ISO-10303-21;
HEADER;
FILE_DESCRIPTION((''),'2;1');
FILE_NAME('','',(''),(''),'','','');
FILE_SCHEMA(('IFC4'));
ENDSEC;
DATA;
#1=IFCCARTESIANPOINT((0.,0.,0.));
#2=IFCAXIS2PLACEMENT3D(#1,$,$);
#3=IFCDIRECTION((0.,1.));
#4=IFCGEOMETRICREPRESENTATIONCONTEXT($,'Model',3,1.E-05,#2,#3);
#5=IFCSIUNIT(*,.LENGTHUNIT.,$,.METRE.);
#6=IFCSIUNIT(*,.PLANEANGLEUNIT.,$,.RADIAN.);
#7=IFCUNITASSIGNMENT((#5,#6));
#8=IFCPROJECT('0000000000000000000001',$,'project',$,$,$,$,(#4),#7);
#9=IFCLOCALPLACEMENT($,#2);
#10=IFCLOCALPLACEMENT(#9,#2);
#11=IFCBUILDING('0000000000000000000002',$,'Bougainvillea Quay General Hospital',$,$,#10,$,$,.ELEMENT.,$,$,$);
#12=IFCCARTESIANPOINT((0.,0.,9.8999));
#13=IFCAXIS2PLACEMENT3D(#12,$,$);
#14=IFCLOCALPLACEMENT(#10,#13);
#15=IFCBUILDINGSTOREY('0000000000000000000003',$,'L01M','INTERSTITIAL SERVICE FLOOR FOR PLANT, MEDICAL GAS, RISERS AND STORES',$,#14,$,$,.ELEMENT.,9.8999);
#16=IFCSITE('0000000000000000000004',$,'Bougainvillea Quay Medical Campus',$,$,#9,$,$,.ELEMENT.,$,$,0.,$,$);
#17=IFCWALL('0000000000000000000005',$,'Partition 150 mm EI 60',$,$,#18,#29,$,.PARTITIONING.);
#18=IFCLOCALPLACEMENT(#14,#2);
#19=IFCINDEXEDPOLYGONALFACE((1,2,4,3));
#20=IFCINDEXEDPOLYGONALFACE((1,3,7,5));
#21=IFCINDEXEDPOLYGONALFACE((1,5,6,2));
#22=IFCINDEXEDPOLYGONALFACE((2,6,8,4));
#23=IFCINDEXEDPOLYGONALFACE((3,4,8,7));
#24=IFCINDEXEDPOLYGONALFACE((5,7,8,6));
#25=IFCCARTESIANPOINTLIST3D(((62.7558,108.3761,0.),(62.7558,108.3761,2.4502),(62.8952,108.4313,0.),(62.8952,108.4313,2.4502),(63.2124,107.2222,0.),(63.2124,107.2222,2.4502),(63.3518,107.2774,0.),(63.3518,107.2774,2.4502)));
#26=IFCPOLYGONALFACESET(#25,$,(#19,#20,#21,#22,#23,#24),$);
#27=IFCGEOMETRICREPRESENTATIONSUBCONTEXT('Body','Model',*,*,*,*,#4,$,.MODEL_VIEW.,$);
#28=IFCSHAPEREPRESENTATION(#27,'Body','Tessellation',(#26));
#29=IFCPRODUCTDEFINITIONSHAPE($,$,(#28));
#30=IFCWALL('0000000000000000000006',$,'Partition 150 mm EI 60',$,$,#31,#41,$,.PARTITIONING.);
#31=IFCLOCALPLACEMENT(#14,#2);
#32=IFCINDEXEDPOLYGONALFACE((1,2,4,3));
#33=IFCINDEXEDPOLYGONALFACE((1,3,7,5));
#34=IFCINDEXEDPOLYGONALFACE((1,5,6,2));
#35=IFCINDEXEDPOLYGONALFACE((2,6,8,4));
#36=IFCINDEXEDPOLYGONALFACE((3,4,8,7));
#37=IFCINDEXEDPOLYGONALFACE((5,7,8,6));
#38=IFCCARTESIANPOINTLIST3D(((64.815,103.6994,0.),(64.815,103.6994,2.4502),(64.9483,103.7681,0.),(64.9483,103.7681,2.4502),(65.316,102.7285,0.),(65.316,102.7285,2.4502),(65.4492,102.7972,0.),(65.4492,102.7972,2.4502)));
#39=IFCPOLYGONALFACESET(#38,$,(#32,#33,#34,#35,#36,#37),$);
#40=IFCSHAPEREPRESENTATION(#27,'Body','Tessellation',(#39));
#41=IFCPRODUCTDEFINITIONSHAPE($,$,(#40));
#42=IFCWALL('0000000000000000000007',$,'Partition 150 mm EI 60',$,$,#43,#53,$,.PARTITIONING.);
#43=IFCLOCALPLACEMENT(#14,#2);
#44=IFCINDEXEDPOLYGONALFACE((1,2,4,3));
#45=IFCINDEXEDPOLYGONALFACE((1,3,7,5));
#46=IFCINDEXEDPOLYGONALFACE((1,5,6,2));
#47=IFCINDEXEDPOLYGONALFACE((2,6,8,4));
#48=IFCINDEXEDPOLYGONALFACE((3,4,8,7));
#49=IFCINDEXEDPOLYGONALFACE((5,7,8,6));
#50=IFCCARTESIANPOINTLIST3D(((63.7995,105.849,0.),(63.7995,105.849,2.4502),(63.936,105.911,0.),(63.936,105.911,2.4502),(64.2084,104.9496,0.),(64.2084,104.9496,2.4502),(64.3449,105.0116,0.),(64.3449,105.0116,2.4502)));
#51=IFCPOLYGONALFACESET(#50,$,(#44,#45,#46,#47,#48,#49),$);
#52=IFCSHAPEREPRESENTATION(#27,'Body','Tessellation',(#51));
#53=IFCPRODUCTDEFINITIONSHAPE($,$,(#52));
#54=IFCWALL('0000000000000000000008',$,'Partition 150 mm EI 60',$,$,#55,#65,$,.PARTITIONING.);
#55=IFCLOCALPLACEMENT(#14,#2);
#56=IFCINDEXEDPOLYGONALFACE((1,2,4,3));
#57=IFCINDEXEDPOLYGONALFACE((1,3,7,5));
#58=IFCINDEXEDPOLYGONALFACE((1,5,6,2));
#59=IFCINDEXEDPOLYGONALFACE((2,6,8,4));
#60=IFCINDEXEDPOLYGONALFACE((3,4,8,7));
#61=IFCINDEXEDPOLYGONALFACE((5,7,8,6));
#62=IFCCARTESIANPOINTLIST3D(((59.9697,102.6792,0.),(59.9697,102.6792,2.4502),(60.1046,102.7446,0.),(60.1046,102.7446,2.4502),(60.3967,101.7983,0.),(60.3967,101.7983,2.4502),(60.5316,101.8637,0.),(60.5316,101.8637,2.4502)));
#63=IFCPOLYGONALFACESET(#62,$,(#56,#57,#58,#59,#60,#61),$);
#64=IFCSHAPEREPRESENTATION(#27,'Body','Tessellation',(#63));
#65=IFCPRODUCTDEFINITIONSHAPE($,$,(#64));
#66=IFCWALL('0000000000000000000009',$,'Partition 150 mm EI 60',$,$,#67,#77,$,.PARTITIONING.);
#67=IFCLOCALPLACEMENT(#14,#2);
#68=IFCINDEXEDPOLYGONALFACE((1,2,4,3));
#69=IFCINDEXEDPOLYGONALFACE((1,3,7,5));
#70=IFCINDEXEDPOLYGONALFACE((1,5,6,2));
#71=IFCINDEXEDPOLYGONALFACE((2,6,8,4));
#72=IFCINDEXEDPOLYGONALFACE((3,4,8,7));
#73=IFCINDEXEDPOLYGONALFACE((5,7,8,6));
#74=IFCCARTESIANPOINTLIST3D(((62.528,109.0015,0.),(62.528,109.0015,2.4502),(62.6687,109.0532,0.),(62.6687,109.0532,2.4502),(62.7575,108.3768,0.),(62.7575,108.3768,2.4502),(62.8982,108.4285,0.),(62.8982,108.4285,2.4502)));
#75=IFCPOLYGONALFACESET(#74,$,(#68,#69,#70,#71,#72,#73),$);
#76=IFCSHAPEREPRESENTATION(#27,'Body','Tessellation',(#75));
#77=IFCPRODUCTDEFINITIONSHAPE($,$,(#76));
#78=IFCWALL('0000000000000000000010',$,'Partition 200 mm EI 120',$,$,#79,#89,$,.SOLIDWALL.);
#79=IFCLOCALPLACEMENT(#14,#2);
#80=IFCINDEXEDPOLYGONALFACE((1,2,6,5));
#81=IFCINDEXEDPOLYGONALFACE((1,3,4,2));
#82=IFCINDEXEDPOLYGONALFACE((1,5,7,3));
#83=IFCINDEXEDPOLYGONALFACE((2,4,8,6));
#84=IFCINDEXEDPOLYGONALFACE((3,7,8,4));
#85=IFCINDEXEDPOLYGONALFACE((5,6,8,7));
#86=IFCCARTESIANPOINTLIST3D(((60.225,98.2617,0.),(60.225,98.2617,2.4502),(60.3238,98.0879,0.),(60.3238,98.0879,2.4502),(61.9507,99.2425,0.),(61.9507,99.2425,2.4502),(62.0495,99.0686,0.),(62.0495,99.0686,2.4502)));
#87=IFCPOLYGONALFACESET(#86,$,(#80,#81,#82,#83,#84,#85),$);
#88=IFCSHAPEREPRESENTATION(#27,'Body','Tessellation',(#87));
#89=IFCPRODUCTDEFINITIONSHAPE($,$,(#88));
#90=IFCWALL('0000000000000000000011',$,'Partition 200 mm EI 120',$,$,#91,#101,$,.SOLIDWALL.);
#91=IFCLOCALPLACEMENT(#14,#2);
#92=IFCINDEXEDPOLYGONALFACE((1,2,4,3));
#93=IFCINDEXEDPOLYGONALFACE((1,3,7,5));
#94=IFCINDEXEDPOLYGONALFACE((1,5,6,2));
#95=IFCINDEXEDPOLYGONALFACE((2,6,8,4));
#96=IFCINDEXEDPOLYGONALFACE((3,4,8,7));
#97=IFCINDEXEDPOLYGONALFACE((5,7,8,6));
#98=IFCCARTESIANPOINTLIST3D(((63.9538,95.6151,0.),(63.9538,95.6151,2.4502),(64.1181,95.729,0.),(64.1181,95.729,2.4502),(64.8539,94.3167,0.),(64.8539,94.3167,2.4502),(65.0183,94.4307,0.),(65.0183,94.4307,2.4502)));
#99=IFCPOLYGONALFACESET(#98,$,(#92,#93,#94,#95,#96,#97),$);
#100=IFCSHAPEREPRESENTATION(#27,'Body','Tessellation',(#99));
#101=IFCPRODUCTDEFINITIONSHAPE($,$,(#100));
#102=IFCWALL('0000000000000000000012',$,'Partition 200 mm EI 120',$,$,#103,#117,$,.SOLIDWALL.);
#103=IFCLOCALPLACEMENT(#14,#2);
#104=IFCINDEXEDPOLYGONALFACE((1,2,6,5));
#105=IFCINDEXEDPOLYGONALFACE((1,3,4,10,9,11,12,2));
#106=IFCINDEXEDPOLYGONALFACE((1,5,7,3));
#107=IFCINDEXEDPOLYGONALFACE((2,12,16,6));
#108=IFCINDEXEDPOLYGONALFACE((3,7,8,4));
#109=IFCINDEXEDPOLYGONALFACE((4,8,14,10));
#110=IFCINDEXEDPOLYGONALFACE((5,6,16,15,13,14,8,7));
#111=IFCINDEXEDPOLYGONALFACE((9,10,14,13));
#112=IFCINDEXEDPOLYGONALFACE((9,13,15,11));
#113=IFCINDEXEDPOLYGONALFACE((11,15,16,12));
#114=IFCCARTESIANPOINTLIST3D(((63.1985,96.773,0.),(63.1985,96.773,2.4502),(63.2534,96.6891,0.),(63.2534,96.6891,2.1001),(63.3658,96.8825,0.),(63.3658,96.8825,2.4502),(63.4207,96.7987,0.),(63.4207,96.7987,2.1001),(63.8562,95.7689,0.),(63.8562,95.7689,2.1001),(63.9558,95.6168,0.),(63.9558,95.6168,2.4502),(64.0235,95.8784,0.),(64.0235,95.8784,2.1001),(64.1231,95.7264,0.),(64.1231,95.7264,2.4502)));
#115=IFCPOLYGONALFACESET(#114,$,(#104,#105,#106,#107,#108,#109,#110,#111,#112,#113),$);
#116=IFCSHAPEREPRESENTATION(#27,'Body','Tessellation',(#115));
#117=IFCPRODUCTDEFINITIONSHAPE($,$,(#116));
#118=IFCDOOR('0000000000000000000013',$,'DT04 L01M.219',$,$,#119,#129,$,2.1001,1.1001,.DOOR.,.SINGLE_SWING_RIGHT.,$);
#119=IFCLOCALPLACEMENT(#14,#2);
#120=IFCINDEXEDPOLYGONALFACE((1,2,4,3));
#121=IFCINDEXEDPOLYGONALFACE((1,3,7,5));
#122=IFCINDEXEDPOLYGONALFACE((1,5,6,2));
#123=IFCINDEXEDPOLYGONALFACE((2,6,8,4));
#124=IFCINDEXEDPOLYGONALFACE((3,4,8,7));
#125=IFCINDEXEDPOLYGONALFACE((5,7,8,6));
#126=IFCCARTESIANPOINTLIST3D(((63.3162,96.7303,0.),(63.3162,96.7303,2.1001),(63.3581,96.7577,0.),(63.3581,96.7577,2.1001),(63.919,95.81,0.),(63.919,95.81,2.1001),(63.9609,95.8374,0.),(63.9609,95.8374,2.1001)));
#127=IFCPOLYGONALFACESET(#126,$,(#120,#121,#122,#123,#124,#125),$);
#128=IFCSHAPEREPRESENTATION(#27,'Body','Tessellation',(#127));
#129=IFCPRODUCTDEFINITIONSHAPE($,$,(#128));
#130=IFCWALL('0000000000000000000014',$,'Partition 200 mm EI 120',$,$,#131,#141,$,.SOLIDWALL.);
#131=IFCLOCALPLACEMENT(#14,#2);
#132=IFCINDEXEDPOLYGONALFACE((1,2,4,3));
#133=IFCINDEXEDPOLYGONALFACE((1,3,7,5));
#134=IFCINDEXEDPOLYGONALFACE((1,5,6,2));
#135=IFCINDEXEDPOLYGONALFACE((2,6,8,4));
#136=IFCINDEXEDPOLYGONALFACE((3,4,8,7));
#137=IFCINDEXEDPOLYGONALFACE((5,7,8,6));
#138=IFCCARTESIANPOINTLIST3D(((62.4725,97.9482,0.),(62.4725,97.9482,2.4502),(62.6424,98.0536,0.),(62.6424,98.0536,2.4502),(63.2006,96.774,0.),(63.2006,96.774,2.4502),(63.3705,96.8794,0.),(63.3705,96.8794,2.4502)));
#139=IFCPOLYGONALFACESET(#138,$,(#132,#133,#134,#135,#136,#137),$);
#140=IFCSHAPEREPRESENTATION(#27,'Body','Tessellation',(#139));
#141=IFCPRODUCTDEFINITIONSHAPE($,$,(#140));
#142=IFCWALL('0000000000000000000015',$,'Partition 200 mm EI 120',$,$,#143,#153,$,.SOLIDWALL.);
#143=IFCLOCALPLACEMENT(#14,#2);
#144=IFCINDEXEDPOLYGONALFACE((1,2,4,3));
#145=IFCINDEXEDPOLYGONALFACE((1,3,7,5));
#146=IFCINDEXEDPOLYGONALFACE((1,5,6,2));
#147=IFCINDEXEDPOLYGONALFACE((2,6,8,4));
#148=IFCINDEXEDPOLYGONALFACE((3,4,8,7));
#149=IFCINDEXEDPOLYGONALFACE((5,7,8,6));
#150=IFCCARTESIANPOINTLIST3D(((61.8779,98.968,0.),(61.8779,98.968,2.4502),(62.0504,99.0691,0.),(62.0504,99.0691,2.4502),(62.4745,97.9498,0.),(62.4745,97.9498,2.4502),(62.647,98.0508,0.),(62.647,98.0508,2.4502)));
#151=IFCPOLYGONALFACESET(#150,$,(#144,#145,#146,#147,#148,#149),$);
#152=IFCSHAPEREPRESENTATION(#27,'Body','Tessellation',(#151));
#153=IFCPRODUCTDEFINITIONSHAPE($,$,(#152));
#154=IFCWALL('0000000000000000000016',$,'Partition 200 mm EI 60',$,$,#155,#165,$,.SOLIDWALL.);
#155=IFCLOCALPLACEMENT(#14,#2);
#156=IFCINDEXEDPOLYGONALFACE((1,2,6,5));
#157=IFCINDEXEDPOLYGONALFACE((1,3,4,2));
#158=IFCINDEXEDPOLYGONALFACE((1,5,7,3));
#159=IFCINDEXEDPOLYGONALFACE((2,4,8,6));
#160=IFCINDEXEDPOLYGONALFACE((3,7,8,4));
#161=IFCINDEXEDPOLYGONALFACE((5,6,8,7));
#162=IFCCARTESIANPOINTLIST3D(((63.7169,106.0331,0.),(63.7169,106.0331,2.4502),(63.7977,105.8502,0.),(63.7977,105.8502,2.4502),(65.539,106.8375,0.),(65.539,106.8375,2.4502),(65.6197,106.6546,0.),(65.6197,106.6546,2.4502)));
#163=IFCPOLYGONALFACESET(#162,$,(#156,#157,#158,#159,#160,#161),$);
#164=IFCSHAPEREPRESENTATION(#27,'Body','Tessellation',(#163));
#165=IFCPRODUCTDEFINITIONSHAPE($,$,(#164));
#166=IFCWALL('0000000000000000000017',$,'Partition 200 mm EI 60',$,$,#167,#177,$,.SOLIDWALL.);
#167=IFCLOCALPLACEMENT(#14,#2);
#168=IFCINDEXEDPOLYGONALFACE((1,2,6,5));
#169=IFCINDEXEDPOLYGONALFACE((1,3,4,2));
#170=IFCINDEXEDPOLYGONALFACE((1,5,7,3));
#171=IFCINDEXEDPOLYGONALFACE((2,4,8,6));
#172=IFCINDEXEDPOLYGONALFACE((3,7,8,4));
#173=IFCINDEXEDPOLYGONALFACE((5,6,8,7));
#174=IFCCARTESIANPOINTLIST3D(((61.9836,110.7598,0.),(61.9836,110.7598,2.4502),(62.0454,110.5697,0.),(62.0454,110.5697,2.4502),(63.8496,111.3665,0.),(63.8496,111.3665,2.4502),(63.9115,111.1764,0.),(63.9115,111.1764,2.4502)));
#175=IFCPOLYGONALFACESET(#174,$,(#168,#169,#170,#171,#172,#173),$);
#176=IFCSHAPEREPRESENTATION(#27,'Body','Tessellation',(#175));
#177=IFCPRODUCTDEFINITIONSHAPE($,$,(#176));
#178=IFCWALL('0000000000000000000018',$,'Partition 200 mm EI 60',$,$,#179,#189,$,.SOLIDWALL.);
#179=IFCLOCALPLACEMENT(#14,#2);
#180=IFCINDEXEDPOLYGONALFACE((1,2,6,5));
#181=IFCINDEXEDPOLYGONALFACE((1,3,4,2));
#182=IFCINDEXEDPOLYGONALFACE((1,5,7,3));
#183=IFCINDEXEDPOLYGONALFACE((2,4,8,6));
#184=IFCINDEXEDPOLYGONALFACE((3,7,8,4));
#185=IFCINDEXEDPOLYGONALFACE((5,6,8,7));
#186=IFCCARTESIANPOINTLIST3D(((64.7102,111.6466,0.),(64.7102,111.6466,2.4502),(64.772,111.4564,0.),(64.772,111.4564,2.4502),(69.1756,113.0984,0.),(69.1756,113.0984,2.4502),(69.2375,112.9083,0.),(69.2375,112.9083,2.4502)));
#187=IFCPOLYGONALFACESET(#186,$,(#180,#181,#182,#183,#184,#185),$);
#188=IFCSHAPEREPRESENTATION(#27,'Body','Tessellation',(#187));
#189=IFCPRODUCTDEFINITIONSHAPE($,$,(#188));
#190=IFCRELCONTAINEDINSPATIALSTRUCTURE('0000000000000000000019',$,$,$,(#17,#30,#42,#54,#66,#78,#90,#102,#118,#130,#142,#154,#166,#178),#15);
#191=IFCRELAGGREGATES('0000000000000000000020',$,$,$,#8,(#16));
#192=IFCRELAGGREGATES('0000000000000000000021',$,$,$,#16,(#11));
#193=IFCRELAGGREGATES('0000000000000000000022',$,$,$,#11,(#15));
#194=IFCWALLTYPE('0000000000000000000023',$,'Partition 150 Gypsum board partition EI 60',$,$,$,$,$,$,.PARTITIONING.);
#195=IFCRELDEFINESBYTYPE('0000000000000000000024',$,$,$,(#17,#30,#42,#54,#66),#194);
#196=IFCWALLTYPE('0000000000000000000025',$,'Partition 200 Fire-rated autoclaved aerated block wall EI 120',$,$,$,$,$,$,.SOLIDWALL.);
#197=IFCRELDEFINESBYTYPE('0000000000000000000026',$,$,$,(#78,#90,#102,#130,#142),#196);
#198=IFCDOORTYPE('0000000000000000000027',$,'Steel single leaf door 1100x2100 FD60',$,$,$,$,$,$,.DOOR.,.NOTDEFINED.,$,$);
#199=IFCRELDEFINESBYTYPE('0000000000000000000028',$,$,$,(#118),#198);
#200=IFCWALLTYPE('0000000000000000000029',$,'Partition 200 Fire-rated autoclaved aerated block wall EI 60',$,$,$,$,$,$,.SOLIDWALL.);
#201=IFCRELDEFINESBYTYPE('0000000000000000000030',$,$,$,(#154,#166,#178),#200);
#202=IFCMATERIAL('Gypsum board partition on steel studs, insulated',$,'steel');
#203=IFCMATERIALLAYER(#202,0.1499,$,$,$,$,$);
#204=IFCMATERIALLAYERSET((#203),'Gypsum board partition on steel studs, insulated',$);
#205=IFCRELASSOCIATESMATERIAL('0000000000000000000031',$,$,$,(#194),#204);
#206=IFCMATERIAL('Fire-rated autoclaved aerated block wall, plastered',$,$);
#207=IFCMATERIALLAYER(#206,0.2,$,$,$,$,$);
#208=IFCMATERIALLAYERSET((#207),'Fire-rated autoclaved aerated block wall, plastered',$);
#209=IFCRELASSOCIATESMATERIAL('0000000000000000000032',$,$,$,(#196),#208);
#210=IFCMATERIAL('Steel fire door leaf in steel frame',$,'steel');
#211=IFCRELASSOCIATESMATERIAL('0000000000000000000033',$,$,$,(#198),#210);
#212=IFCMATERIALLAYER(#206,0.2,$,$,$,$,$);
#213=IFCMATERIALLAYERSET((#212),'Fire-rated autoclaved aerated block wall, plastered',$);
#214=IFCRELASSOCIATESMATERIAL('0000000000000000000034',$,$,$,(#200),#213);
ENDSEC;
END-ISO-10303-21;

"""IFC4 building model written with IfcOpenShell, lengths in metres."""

from ifc_helpers import new_model, si_unit, direction, frame, frame_2d, origin, place, context, subcontext, project, spatial, rectangle, extrude, material, layer, layer_set, type_object, element, fill, save


model = new_model("IFC4")

# Units and contexts
model_context = context("Model", 3, precision=1e-05, world=origin(), true_north=direction((0.0, 1.0)))
body_context = subcontext(model_context, "Body", "Model", "MODEL_VIEW")
ifc_project = project(units=[si_unit("LENGTHUNIT", "METRE"), si_unit("PLANEANGLEUNIT", "RADIAN")], contexts=[model_context])

# Site, building, storey
site_placement = place(None, origin())
site = spatial("IfcSite", under=ifc_project, at=site_placement, Name="Bougainvillea Quay Medical Campus", CompositionType="ELEMENT", RefElevation=0.0)
building_placement = place(site_placement, origin())
building = spatial("IfcBuilding", under=site, at=building_placement, Name="Bougainvillea Quay General Hospital", CompositionType="ELEMENT")
storey_placement = place(building_placement, frame((0.0, 0.0, 9.8999)))
storey = spatial("IfcBuildingStorey", under=building, at=storey_placement, Name="L01M", Description="INTERSTITIAL SERVICE FLOOR FOR PLANT, MEDICAL GAS, RISERS AND STORES", CompositionType="ELEMENT", Elevation=9.8999)

# Shared definitions
ifc_material_1 = material(Name="Gypsum board partition on steel studs, insulated", Category="steel")
ifc_layer_1 = layer(ifc_material_1, 0.1499)
ifc_layer_set_1 = layer_set([ifc_layer_1], Name="Gypsum board partition on steel studs, insulated")
wall_type_1 = type_object("IfcWallType", Name="Partition 150 Gypsum board partition EI 60", PredefinedType="PARTITIONING", material=ifc_layer_set_1)

# Walls
wall_1_placement = place(storey_placement, frame((62.8254, 108.4038, 0.0), z_axis=(0.0, 0.0, 1.0), x_axis=(0.367928, -0.929854, 0.0)))
element("IfcWall", 1, at=wall_1_placement, inside=storey, type_object=wall_type_1, Name="Partition 150 mm EI 60", PredefinedType="PARTITIONING", context=body_context, shape_type="SweptSolid", body=[
    extrude(rectangle(XDim=1.241, YDim=0.1499, at=frame_2d((0.6206, 0.0))), origin(), (0.0, 0.0, 1.0), 2.4502),
])
wall_2_placement = place(storey_placement, frame((64.8816, 103.7339, 0.0), z_axis=(0.0, 0.0, 1.0), x_axis=(0.458529, -0.888679, 0.0)))
element("IfcWall", 2, at=wall_2_placement, inside=storey, type_object=wall_type_1, Name="Partition 150 mm EI 60", PredefinedType="PARTITIONING", context=body_context, shape_type="SweptSolid", body=[
    extrude(rectangle(XDim=1.0925, YDim=0.1499, at=frame_2d((0.5464, 0.0))), origin(), (0.0, 0.0, 1.0), 2.4502),
])
wall_3_placement = place(storey_placement, frame((63.8677, 105.8801, 0.0), z_axis=(0.0, 0.0, 1.0), x_axis=(0.413896, -0.910324, 0.0)))
element("IfcWall", 3, at=wall_3_placement, inside=storey, type_object=wall_type_1, Name="Partition 150 mm EI 60", PredefinedType="PARTITIONING", context=body_context, shape_type="SweptSolid", body=[
    extrude(rectangle(XDim=0.988, YDim=0.1499, at=frame_2d((0.4941, 0.0))), origin(), (0.0, 0.0, 1.0), 2.4502),
])
wall_4_placement = place(storey_placement, frame((60.0371, 102.7119, 0.0), z_axis=(0.0, 0.0, 1.0), x_axis=(0.436206, -0.899847, 0.0)))
element("IfcWall", 4, at=wall_4_placement, inside=storey, type_object=wall_type_1, Name="Partition 150 mm EI 60", PredefinedType="PARTITIONING", context=body_context, shape_type="SweptSolid", body=[
    extrude(rectangle(XDim=0.979, YDim=0.1499, at=frame_2d((0.4895, 0.0))), origin(), (0.0, 0.0, 1.0), 2.4502),
])
wall_5_placement = place(storey_placement, frame((62.5984, 109.0273, 0.0), z_axis=(0.0, 0.0, 1.0), x_axis=(0.344804, -0.938675, 0.0)))
element("IfcWall", 5, at=wall_5_placement, inside=storey, type_object=wall_type_1, Name="Partition 150 mm EI 60", PredefinedType="PARTITIONING", context=body_context, shape_type="SweptSolid", body=[
    extrude(rectangle(XDim=0.6655, YDim=0.1499, at=frame_2d((0.3328, 0.0))), origin(), (0.0, 0.0, 1.0), 2.4502),
])
ifc_material_2 = material(Name="Fire-rated autoclaved aerated block wall, plastered")
ifc_layer_2 = layer(ifc_material_2, 0.2)
ifc_layer_set_2 = layer_set([ifc_layer_2], Name="Fire-rated autoclaved aerated block wall, plastered")
wall_type_2 = type_object("IfcWallType", Name="Partition 200 Fire-rated autoclaved aerated block wall EI 120", PredefinedType="SOLIDWALL", material=ifc_layer_set_2)
wall_6_placement = place(storey_placement, frame((60.2744, 98.1748, 0.0), z_axis=(0.0, 0.0, 1.0), x_axis=(0.869399, 0.494111, 0.0)))
element("IfcWall", 6, at=wall_6_placement, inside=storey, type_object=wall_type_2, Name="Partition 200 mm EI 120", PredefinedType="SOLIDWALL", context=body_context, shape_type="SweptSolid", body=[
    extrude(rectangle(XDim=1.9849, YDim=0.2, at=frame_2d((0.9924, 0.0))), origin(), (0.0, 0.0, 1.0), 2.4502),
])
wall_7_placement = place(storey_placement, frame((64.0359, 95.6721, 0.0), z_axis=(0.0, 0.0, 1.0), x_axis=(0.569764, -0.821808, 0.0)))
element("IfcWall", 7, at=wall_7_placement, inside=storey, type_object=wall_type_2, Name="Partition 200 mm EI 120", PredefinedType="SOLIDWALL", context=body_context, shape_type="SweptSolid", body=[
    extrude(rectangle(XDim=1.5798, YDim=0.2, at=frame_2d((0.79, 0.0))), origin(), (0.0, 0.0, 1.0), 2.4502),
])

# Wall, opening, door
wall_8_placement = place(storey_placement, frame((63.2822, 96.8276, 0.0), z_axis=(0.0, 0.0, 1.0), x_axis=(0.547915, -0.836534, 0.0)))
wall_8 = element("IfcWall", 8, at=wall_8_placement, inside=storey, type_object=wall_type_2, Name="Partition 200 mm EI 120", PredefinedType="SOLIDWALL", context=body_context, shape_type="SweptSolid", body=[
    extrude(rectangle(XDim=1.3821, YDim=0.2, at=frame_2d((0.6909, 0.0))), origin(), (0.0, 0.0, 1.0), 2.4502),
])
opening_1_placement = place(wall_8_placement, frame((0.1001, 0.0, 0.0)))
opening_1 = element("IfcOpeningElement", 9, at=opening_1_placement, cuts=wall_8, PredefinedType="OPENING", context=body_context, shape_type="SweptSolid", body=[
    extrude(rectangle(XDim=1.1001, YDim=2.1001, at=frame_2d((0.55, 1.05))), frame((0.0, 0.1099, 0.0), z_axis=(0.0, -1.0, 0.0), x_axis=(1.0, 0.0, 0.0)), (0.0, 0.0, 1.0), 0.22),
])
ifc_material_3 = material(Name="Steel fire door leaf in steel frame", Category="steel")
door_type_1 = type_object("IfcDoorType", Name="Steel single leaf door 1100x2100 FD60", OperationType="NOTDEFINED", PredefinedType="DOOR", material=ifc_material_3)
door_1_placement = place(opening_1_placement, frame((1.1001, 0.0, 0.0), z_axis=(0.0, 0.0, 1.0), x_axis=(-1.0, 0.0, 0.0)))
door_1 = element("IfcDoor", 10, at=door_1_placement, inside=storey, type_object=door_type_1, Name="DT04 L01M.219", OperationType="SINGLE_SWING_RIGHT", OverallHeight=2.1001, OverallWidth=1.1001, PredefinedType="DOOR", context=body_context, shape_type="SweptSolid", body=[
    extrude(rectangle(XDim=1.1001, YDim=2.1001, at=frame_2d((0.55, 1.05))), frame((0.0, 0.0249, 0.0), z_axis=(0.0, -1.0, 0.0), x_axis=(1.0, 0.0, 0.0)), (0.0, 0.0, 1.0), 0.05),
])
fill(opening_1, door_1)

# Walls
wall_9_placement = place(storey_placement, frame((62.5574, 98.001, 0.0), z_axis=(0.0, 0.0, 1.0), x_axis=(0.526993, -0.849869, 0.0)))
element("IfcWall", 11, at=wall_9_placement, inside=storey, type_object=wall_type_2, Name="Partition 200 mm EI 120", PredefinedType="SOLIDWALL", context=body_context, shape_type="SweptSolid", body=[
    extrude(rectangle(XDim=1.3816, YDim=0.2, at=frame_2d((0.6909, 0.0))), origin(), (0.0, 0.0, 1.0), 2.4502),
])
wall_10_placement = place(storey_placement, frame((61.9641, 99.0186, 0.0), z_axis=(0.0, 0.0, 1.0), x_axis=(0.505555, -0.862794, 0.0)))
element("IfcWall", 12, at=wall_10_placement, inside=storey, type_object=wall_type_2, Name="Partition 200 mm EI 120", PredefinedType="SOLIDWALL", context=body_context, shape_type="SweptSolid", body=[
    extrude(rectangle(XDim=1.1802, YDim=0.2, at=frame_2d((0.5901, 0.0))), origin(), (0.0, 0.0, 1.0), 2.4502),
])
ifc_layer_3 = layer(ifc_material_2, 0.2)
ifc_layer_set_3 = layer_set([ifc_layer_3], Name="Fire-rated autoclaved aerated block wall, plastered")
wall_type_3 = type_object("IfcWallType", Name="Partition 200 Fire-rated autoclaved aerated block wall EI 60", PredefinedType="SOLIDWALL", material=ifc_layer_set_3)
wall_11_placement = place(storey_placement, frame((63.7573, 105.9417, 0.0), z_axis=(0.0, 0.0, 1.0), x_axis=(0.914805, 0.403897, 0.0)))
element("IfcWall", 13, at=wall_11_placement, inside=storey, type_object=wall_type_3, Name="Partition 200 mm EI 60", PredefinedType="SOLIDWALL", context=body_context, shape_type="SweptSolid", body=[
    extrude(rectangle(XDim=1.9917, YDim=0.2, at=frame_2d((0.9958, 0.0))), origin(), (0.0, 0.0, 1.0), 2.4502),
])
wall_12_placement = place(storey_placement, frame((62.0146, 110.6648, 0.0), z_axis=(0.0, 0.0, 1.0), x_axis=(0.950997, 0.309201, 0.0)))
element("IfcWall", 14, at=wall_12_placement, inside=storey, type_object=wall_type_3, Name="Partition 200 mm EI 60", PredefinedType="SOLIDWALL", context=body_context, shape_type="SweptSolid", body=[
    extrude(rectangle(XDim=1.9622, YDim=0.2, at=frame_2d((0.981, 0.0))), origin(), (0.0, 0.0, 1.0), 2.4502),
])
wall_13_placement = place(storey_placement, frame((64.7412, 111.5515, 0.0), z_axis=(0.0, 0.0, 1.0), x_axis=(0.950997, 0.3092, 0.0)))
element("IfcWall", 15, at=wall_13_placement, inside=storey, type_object=wall_type_3, Name="Partition 200 mm EI 60", PredefinedType="SOLIDWALL", context=body_context, shape_type="SweptSolid", body=[
    extrude(rectangle(XDim=4.6956, YDim=0.2, at=frame_2d((2.3477, 0.0))), origin(), (0.0, 0.0, 1.0), 2.4502),
])

save(model, "model.ifc")
